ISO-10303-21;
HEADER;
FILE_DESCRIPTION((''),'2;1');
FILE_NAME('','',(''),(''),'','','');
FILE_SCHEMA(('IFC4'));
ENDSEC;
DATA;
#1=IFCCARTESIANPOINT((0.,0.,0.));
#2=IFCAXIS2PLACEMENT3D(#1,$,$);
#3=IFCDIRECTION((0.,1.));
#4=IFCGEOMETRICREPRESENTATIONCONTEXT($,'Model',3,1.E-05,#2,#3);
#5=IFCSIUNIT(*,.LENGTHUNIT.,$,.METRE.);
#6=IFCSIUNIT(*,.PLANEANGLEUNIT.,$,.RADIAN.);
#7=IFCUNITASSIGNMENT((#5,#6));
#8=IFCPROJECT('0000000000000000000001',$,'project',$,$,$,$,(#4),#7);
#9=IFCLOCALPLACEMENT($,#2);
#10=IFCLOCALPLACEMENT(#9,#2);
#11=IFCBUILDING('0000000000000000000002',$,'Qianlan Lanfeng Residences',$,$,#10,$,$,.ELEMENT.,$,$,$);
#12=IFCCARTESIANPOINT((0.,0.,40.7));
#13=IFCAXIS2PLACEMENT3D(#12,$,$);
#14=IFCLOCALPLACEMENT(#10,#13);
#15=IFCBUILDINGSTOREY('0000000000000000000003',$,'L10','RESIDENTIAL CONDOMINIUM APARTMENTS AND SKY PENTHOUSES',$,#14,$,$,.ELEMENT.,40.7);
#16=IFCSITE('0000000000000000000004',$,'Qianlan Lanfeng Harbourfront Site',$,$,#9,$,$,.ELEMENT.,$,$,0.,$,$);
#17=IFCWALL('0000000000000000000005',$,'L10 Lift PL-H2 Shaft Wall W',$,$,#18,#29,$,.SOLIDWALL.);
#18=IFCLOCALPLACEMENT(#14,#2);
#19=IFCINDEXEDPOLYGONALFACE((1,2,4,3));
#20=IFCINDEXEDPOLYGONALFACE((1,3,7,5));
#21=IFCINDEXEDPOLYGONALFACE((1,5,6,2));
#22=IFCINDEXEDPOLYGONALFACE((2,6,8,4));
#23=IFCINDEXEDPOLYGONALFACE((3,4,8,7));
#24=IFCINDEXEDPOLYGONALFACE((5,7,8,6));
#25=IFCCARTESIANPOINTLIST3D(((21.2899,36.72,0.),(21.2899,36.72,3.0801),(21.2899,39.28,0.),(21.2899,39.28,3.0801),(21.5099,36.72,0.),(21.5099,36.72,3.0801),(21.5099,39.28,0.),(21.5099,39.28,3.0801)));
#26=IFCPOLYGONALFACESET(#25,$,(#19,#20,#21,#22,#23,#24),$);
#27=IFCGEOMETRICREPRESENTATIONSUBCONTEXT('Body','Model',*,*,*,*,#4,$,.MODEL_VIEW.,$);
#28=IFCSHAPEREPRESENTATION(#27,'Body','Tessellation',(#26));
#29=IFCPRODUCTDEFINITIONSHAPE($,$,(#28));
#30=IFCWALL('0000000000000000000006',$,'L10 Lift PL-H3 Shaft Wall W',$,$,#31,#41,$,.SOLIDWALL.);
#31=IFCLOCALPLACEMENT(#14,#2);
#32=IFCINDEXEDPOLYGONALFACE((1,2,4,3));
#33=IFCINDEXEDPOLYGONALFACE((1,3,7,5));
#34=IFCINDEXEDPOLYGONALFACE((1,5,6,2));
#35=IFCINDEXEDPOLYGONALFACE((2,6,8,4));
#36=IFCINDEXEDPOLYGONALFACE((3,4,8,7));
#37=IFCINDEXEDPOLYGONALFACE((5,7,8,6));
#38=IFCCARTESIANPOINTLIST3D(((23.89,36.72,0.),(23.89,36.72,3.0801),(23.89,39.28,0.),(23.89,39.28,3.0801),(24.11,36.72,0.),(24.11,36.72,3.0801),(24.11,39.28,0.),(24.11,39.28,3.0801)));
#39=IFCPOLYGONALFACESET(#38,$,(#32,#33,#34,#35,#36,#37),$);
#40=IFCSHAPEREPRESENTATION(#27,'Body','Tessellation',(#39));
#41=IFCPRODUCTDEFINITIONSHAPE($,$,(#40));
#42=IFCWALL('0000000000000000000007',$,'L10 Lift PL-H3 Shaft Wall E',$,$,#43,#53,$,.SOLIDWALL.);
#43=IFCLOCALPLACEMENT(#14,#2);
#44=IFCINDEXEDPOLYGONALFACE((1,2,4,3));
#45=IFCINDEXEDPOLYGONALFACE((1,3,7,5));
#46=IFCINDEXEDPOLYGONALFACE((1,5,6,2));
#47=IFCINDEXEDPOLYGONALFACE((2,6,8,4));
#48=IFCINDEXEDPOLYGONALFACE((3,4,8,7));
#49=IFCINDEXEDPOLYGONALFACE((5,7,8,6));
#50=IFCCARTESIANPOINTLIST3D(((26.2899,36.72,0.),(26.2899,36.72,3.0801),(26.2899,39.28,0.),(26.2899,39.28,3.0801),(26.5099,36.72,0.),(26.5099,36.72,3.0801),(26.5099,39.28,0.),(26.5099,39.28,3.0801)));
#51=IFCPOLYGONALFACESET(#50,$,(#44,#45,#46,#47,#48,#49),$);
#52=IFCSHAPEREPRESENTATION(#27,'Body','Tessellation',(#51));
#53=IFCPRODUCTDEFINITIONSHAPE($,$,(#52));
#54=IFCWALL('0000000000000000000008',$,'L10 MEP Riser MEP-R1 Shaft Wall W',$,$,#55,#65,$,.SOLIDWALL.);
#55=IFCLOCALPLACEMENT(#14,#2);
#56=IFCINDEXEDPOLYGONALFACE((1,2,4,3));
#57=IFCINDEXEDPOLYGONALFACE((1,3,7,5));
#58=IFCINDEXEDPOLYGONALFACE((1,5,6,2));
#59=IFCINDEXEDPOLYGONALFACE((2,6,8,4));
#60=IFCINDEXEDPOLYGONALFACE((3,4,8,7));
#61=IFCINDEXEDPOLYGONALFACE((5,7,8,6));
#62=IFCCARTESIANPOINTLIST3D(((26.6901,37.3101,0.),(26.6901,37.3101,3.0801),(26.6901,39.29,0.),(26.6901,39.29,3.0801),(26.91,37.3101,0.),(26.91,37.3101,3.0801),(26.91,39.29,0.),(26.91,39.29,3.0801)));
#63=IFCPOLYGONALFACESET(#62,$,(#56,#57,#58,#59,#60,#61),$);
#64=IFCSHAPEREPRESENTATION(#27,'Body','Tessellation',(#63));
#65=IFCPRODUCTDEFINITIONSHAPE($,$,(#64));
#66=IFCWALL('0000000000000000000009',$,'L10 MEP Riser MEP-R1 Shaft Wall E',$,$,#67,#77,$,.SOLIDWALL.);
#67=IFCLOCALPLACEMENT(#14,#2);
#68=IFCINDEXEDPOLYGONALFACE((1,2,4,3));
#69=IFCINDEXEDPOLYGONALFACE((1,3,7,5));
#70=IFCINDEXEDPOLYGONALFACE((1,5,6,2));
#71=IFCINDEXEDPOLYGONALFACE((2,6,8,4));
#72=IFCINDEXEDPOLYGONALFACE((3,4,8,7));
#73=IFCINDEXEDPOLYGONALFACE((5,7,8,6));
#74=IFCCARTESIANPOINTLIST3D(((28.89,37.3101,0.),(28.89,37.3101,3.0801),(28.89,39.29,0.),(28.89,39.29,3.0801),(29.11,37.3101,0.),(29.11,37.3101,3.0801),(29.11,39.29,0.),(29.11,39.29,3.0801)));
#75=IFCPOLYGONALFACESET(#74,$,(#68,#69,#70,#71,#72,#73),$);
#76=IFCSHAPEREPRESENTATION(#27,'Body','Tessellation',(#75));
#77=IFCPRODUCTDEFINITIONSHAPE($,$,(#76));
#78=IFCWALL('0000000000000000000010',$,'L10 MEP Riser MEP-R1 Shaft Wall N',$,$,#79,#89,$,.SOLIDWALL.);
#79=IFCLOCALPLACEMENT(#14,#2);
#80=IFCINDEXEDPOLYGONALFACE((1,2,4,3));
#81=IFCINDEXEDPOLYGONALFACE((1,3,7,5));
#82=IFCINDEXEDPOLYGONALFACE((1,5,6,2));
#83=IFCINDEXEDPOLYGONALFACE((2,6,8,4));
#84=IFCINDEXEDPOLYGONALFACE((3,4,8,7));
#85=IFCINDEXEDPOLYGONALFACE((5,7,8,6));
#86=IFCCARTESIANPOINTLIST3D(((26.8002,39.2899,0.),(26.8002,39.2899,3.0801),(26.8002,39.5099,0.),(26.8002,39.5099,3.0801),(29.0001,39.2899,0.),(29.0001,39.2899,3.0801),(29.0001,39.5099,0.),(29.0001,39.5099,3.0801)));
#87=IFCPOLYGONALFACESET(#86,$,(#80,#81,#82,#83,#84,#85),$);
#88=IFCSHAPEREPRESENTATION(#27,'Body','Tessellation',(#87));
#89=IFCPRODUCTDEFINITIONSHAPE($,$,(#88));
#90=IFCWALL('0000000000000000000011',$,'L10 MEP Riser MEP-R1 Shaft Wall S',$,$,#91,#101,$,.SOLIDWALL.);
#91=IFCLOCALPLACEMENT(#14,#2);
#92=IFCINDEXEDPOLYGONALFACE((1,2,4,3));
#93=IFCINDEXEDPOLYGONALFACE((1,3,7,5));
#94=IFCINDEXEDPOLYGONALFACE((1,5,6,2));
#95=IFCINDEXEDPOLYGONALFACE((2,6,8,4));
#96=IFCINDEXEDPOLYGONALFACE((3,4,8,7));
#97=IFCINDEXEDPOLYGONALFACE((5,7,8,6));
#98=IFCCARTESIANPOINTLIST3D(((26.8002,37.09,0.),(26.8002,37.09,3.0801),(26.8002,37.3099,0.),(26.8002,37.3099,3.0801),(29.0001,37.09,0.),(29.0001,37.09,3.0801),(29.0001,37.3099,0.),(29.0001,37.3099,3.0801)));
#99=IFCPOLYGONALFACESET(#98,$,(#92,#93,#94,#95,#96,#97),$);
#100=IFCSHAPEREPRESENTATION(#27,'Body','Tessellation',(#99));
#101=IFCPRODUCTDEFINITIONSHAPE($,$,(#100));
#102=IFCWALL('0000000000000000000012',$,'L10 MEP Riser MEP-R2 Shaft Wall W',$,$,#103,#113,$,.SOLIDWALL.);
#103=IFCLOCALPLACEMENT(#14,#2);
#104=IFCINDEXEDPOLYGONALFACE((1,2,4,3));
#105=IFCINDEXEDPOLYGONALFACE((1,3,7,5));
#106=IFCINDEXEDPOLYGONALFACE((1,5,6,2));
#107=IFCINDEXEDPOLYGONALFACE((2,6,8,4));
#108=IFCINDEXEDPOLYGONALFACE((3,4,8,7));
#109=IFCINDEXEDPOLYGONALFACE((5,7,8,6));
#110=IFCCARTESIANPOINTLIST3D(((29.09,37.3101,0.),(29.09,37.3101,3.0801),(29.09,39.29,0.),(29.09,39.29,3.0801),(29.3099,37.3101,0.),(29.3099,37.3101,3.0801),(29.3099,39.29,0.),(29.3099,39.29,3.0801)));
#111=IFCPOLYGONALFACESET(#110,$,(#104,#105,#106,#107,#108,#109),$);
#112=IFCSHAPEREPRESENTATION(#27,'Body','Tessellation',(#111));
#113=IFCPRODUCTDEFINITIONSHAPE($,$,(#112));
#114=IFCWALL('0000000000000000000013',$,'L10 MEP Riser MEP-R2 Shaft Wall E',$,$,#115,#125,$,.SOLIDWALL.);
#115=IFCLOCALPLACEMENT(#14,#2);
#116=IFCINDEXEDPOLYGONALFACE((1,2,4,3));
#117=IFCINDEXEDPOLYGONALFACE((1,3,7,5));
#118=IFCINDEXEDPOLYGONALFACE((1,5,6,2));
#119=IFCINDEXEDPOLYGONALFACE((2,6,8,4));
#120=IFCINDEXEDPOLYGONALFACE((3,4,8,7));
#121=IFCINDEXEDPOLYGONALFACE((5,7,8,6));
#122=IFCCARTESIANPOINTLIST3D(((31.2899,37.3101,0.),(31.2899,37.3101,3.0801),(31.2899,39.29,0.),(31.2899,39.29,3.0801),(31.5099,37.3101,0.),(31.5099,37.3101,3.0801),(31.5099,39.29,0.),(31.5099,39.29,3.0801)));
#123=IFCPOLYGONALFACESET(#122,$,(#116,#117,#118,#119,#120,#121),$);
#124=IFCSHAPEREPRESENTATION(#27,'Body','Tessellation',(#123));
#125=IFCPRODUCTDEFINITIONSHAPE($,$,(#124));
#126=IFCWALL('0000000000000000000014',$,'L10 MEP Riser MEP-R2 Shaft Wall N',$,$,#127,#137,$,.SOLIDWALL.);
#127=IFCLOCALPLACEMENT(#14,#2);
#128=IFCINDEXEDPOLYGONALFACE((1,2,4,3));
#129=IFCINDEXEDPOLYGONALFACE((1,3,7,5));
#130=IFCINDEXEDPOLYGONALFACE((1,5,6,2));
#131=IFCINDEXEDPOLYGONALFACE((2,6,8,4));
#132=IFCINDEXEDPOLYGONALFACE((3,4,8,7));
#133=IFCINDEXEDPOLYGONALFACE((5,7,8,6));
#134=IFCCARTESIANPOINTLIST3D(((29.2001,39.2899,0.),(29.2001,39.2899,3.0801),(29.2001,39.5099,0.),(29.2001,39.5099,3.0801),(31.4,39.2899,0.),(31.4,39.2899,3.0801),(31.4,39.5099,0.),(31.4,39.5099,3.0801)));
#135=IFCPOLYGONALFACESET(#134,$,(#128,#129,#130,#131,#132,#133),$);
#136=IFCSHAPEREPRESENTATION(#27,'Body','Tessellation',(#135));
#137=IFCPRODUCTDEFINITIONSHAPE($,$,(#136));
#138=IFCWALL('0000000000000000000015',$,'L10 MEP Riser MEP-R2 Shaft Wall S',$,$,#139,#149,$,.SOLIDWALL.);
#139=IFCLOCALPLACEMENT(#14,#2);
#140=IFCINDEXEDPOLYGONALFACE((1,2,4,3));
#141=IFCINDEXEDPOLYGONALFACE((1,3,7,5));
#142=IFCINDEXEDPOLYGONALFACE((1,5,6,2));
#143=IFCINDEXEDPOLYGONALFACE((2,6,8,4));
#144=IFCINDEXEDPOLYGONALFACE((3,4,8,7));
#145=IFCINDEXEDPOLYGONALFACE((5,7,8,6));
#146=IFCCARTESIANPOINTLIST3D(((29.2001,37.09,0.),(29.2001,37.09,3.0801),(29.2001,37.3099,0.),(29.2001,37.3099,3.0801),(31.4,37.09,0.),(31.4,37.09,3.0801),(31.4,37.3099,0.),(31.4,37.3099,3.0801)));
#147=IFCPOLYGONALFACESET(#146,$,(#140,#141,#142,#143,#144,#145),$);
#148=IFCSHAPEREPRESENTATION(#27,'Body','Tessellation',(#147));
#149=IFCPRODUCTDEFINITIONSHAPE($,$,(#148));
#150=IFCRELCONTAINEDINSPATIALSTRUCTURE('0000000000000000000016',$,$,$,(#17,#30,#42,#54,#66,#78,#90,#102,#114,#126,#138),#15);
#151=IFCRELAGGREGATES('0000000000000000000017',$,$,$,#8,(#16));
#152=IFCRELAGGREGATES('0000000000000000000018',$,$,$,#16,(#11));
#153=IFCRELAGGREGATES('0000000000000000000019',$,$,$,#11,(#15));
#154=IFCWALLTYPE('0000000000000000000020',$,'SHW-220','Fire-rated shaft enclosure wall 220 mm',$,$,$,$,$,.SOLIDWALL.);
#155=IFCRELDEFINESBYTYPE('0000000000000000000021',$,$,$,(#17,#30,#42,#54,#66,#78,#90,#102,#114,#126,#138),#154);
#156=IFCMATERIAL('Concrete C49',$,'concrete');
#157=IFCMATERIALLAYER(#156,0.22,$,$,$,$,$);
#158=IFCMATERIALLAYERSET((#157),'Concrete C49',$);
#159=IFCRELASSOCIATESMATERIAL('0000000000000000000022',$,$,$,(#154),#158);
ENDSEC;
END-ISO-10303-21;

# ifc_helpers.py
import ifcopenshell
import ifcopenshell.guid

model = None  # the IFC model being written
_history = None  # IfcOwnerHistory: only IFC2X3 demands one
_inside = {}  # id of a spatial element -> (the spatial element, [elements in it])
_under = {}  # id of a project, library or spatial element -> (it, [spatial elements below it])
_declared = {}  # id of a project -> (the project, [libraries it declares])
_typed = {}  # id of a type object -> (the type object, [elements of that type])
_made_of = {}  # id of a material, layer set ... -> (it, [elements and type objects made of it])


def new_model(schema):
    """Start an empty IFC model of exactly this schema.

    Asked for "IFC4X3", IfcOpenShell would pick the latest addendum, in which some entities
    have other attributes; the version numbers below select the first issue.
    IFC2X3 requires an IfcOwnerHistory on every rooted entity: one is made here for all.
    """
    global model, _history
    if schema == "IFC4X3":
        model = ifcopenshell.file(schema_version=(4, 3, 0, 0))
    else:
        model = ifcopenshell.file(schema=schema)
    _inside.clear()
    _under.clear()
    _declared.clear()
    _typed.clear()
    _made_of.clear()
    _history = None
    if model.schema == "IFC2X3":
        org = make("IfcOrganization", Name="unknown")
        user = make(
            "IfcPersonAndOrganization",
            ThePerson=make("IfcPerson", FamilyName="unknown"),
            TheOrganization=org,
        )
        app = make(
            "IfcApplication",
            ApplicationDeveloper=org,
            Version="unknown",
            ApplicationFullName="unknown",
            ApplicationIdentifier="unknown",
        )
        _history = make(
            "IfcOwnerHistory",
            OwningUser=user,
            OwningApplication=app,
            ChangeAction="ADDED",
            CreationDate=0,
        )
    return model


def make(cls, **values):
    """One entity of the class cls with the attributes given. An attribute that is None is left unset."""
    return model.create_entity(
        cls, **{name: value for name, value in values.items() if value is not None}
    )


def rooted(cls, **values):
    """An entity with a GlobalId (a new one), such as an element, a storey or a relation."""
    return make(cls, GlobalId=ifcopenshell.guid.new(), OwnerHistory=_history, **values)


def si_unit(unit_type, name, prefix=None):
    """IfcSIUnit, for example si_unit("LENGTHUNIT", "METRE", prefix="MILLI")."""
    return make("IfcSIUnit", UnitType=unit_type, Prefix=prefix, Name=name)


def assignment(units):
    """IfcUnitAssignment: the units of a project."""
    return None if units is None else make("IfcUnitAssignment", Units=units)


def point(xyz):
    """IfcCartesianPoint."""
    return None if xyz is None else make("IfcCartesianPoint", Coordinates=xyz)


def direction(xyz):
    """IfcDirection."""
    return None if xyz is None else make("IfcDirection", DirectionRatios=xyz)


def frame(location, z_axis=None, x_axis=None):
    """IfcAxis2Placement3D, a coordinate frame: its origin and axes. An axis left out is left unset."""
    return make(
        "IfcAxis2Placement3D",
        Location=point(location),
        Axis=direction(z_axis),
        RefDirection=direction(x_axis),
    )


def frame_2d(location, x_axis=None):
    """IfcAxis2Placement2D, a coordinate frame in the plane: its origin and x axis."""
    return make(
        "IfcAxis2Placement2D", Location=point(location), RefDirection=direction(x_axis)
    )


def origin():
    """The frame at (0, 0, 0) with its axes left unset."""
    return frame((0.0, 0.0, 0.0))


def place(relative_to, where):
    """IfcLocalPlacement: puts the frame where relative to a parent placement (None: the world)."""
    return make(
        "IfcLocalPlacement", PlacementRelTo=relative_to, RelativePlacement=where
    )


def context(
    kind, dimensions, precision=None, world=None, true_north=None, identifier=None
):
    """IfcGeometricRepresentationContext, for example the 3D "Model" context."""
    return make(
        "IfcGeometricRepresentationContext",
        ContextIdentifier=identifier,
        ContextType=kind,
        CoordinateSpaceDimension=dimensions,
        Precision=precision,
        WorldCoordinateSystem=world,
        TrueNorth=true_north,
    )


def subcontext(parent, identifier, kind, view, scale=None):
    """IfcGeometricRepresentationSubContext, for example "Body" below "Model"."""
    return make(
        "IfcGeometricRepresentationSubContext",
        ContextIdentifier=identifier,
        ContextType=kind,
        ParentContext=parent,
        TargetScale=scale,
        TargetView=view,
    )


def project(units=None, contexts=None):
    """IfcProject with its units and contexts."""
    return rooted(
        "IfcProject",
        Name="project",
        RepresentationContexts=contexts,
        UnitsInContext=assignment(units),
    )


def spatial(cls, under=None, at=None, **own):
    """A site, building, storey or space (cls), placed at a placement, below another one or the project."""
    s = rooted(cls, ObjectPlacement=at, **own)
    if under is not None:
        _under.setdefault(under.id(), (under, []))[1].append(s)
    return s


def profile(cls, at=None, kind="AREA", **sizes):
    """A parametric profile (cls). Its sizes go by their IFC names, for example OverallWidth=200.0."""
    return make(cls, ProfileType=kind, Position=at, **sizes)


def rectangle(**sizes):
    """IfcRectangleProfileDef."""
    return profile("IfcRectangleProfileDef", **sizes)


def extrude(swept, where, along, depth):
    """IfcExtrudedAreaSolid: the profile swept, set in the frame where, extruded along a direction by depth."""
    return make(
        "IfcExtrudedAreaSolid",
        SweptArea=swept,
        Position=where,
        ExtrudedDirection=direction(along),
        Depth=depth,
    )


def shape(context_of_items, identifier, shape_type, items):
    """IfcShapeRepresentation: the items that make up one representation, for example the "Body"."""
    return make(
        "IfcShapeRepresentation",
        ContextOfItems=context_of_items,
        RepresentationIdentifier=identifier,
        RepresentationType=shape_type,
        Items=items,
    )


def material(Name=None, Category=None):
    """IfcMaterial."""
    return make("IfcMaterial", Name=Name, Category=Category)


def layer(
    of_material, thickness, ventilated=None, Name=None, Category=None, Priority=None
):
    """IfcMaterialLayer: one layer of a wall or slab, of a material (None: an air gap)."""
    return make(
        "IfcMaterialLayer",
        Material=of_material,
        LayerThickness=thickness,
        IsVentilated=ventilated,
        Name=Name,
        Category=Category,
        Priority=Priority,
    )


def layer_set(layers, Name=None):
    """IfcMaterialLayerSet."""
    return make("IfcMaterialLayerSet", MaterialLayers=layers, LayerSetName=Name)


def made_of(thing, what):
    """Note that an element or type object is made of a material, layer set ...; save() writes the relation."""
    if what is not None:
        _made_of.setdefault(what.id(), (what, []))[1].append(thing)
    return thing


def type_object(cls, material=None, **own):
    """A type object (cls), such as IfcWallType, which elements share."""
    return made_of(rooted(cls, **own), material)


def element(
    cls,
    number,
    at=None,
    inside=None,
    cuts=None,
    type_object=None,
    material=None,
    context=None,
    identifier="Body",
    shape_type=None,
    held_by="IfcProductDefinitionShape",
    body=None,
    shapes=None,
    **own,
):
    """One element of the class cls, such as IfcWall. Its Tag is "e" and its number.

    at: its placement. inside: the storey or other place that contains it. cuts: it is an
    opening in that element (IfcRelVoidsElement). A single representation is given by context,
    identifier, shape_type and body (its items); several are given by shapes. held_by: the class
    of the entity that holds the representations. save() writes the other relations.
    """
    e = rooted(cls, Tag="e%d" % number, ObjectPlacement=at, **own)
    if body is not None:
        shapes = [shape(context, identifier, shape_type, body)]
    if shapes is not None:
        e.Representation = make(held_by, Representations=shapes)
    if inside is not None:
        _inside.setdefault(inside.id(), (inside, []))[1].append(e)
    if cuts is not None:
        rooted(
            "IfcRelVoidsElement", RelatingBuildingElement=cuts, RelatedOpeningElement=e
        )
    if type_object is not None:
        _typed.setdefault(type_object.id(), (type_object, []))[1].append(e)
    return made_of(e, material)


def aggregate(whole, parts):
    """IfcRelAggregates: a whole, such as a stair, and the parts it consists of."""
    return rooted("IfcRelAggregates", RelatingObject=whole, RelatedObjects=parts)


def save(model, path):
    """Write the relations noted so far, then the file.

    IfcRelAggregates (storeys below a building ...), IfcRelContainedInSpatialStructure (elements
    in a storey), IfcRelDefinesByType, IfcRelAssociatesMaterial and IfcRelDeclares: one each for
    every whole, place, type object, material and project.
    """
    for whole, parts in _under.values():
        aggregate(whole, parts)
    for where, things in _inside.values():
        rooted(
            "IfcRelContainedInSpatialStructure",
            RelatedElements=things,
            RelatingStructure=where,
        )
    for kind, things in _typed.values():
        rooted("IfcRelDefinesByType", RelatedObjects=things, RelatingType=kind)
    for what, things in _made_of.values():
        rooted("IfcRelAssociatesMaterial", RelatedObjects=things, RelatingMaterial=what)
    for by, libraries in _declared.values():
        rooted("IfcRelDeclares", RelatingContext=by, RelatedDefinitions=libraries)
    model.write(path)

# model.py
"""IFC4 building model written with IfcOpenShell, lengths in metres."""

from ifc_helpers import new_model, si_unit, direction, frame, frame_2d, origin, place, context, subcontext, project, spatial, rectangle, extrude, material, layer, layer_set, type_object, element, save


model = new_model("IFC4")

# Units and contexts
model_context = context("Model", 3, precision=1e-05, world=origin(), true_north=direction((0.0, 1.0)))
body_context = subcontext(model_context, "Body", "Model", "MODEL_VIEW")
ifc_project = project(units=[si_unit("LENGTHUNIT", "METRE"), si_unit("PLANEANGLEUNIT", "RADIAN")], contexts=[model_context])

# Site, building, storey
site_placement = place(None, origin())
site = spatial("IfcSite", under=ifc_project, at=site_placement, Name="Qianlan Lanfeng Harbourfront Site", CompositionType="ELEMENT", RefElevation=0.0)
building_placement = place(site_placement, origin())
building = spatial("IfcBuilding", under=site, at=building_placement, Name="Qianlan Lanfeng Residences", CompositionType="ELEMENT")
storey_placement = place(building_placement, frame((0.0, 0.0, 40.7)))
storey = spatial("IfcBuildingStorey", under=building, at=storey_placement, Name="L10", Description="RESIDENTIAL CONDOMINIUM APARTMENTS AND SKY PENTHOUSES", CompositionType="ELEMENT", Elevation=40.7)

# Walls
ifc_material_1 = material(Name="Concrete C49", Category="concrete")
ifc_layer_1 = layer(ifc_material_1, 0.22)
ifc_layer_set_1 = layer_set([ifc_layer_1], Name="Concrete C49")
wall_type_1 = type_object("IfcWallType", Name="SHW-220", Description="Fire-rated shaft enclosure wall 220 mm", PredefinedType="SOLIDWALL", material=ifc_layer_set_1)
for number, where, z_axis, x_axis, name in (
    (1, (21.3999, 36.72, 0.0), (0.0, 0.0, 1.0), (0.0, 1.0, 0.0), "L10 Lift PL-H2 Shaft Wall W"),
    (2, (24.0, 36.72, 0.0), (0.0, 0.0, 1.0), (0.0, 1.0, 0.0), "L10 Lift PL-H3 Shaft Wall W"),
    (3, (26.3999, 36.72, 0.0), (0.0, 0.0, 1.0), (0.0, 1.0, 0.0), "L10 Lift PL-H3 Shaft Wall E"),
):
    element("IfcWall", number, at=place(storey_placement, frame(where, z_axis=z_axis, x_axis=x_axis)), inside=storey, type_object=wall_type_1, Name=name, PredefinedType="SOLIDWALL", context=body_context, shape_type="SweptSolid", body=[
        extrude(rectangle(XDim=2.5601, YDim=0.22, at=frame_2d((1.28, 0.0))), origin(), (0.0, 0.0, 1.0), 3.0801),
    ])
for number, where, z_axis, x_axis, name in (
    (4, (26.8, 37.3101, 0.0), (0.0, 0.0, 1.0), (0.0, 1.0, 0.0), "L10 MEP Riser MEP-R1 Shaft Wall W"),
    (5, (29.0, 37.3101, 0.0), (0.0, 0.0, 1.0), (0.0, 1.0, 0.0), "L10 MEP Riser MEP-R1 Shaft Wall E"),
):
    element("IfcWall", number, at=place(storey_placement, frame(where, z_axis=z_axis, x_axis=x_axis)), inside=storey, type_object=wall_type_1, Name=name, PredefinedType="SOLIDWALL", context=body_context, shape_type="SweptSolid", body=[
        extrude(rectangle(XDim=1.98, YDim=0.22, at=frame_2d((0.99, 0.0))), origin(), (0.0, 0.0, 1.0), 3.0801),
    ])
for number, where, z_axis, x_axis, name in (
    (6, (26.8, 39.3999, 0.0), (0.0, 0.0, 1.0), (1.0, 0.0, 0.0), "L10 MEP Riser MEP-R1 Shaft Wall N"),
    (7, (26.8, 37.2, 0.0), (0.0, 0.0, 1.0), (1.0, 0.0, 0.0), "L10 MEP Riser MEP-R1 Shaft Wall S"),
):
    element("IfcWall", number, at=place(storey_placement, frame(where, z_axis=z_axis, x_axis=x_axis)), inside=storey, type_object=wall_type_1, Name=name, PredefinedType="SOLIDWALL", context=body_context, shape_type="SweptSolid", body=[
        extrude(rectangle(XDim=2.2, YDim=0.22, at=frame_2d((1.1001, 0.0))), origin(), (0.0, 0.0, 1.0), 3.0801),
    ])
for number, where, z_axis, x_axis, name in (
    (8, (29.2, 37.3101, 0.0), (0.0, 0.0, 1.0), (0.0, 1.0, 0.0), "L10 MEP Riser MEP-R2 Shaft Wall W"),
    (9, (31.3999, 37.3101, 0.0), (0.0, 0.0, 1.0), (0.0, 1.0, 0.0), "L10 MEP Riser MEP-R2 Shaft Wall E"),
):
    element("IfcWall", number, at=place(storey_placement, frame(where, z_axis=z_axis, x_axis=x_axis)), inside=storey, type_object=wall_type_1, Name=name, PredefinedType="SOLIDWALL", context=body_context, shape_type="SweptSolid", body=[
        extrude(rectangle(XDim=1.98, YDim=0.22, at=frame_2d((0.99, 0.0))), origin(), (0.0, 0.0, 1.0), 3.0801),
    ])
for number, where, z_axis, x_axis, name in (
    (10, (29.2, 39.3999, 0.0), (0.0, 0.0, 1.0), (1.0, 0.0, 0.0), "L10 MEP Riser MEP-R2 Shaft Wall N"),
    (11, (29.2, 37.2, 0.0), (0.0, 0.0, 1.0), (1.0, 0.0, 0.0), "L10 MEP Riser MEP-R2 Shaft Wall S"),
):
    element("IfcWall", number, at=place(storey_placement, frame(where, z_axis=z_axis, x_axis=x_axis)), inside=storey, type_object=wall_type_1, Name=name, PredefinedType="SOLIDWALL", context=body_context, shape_type="SweptSolid", body=[
        extrude(rectangle(XDim=2.2, YDim=0.22, at=frame_2d((1.1001, 0.0))), origin(), (0.0, 0.0, 1.0), 3.0801),
    ])

save(model, "model.ifc")
